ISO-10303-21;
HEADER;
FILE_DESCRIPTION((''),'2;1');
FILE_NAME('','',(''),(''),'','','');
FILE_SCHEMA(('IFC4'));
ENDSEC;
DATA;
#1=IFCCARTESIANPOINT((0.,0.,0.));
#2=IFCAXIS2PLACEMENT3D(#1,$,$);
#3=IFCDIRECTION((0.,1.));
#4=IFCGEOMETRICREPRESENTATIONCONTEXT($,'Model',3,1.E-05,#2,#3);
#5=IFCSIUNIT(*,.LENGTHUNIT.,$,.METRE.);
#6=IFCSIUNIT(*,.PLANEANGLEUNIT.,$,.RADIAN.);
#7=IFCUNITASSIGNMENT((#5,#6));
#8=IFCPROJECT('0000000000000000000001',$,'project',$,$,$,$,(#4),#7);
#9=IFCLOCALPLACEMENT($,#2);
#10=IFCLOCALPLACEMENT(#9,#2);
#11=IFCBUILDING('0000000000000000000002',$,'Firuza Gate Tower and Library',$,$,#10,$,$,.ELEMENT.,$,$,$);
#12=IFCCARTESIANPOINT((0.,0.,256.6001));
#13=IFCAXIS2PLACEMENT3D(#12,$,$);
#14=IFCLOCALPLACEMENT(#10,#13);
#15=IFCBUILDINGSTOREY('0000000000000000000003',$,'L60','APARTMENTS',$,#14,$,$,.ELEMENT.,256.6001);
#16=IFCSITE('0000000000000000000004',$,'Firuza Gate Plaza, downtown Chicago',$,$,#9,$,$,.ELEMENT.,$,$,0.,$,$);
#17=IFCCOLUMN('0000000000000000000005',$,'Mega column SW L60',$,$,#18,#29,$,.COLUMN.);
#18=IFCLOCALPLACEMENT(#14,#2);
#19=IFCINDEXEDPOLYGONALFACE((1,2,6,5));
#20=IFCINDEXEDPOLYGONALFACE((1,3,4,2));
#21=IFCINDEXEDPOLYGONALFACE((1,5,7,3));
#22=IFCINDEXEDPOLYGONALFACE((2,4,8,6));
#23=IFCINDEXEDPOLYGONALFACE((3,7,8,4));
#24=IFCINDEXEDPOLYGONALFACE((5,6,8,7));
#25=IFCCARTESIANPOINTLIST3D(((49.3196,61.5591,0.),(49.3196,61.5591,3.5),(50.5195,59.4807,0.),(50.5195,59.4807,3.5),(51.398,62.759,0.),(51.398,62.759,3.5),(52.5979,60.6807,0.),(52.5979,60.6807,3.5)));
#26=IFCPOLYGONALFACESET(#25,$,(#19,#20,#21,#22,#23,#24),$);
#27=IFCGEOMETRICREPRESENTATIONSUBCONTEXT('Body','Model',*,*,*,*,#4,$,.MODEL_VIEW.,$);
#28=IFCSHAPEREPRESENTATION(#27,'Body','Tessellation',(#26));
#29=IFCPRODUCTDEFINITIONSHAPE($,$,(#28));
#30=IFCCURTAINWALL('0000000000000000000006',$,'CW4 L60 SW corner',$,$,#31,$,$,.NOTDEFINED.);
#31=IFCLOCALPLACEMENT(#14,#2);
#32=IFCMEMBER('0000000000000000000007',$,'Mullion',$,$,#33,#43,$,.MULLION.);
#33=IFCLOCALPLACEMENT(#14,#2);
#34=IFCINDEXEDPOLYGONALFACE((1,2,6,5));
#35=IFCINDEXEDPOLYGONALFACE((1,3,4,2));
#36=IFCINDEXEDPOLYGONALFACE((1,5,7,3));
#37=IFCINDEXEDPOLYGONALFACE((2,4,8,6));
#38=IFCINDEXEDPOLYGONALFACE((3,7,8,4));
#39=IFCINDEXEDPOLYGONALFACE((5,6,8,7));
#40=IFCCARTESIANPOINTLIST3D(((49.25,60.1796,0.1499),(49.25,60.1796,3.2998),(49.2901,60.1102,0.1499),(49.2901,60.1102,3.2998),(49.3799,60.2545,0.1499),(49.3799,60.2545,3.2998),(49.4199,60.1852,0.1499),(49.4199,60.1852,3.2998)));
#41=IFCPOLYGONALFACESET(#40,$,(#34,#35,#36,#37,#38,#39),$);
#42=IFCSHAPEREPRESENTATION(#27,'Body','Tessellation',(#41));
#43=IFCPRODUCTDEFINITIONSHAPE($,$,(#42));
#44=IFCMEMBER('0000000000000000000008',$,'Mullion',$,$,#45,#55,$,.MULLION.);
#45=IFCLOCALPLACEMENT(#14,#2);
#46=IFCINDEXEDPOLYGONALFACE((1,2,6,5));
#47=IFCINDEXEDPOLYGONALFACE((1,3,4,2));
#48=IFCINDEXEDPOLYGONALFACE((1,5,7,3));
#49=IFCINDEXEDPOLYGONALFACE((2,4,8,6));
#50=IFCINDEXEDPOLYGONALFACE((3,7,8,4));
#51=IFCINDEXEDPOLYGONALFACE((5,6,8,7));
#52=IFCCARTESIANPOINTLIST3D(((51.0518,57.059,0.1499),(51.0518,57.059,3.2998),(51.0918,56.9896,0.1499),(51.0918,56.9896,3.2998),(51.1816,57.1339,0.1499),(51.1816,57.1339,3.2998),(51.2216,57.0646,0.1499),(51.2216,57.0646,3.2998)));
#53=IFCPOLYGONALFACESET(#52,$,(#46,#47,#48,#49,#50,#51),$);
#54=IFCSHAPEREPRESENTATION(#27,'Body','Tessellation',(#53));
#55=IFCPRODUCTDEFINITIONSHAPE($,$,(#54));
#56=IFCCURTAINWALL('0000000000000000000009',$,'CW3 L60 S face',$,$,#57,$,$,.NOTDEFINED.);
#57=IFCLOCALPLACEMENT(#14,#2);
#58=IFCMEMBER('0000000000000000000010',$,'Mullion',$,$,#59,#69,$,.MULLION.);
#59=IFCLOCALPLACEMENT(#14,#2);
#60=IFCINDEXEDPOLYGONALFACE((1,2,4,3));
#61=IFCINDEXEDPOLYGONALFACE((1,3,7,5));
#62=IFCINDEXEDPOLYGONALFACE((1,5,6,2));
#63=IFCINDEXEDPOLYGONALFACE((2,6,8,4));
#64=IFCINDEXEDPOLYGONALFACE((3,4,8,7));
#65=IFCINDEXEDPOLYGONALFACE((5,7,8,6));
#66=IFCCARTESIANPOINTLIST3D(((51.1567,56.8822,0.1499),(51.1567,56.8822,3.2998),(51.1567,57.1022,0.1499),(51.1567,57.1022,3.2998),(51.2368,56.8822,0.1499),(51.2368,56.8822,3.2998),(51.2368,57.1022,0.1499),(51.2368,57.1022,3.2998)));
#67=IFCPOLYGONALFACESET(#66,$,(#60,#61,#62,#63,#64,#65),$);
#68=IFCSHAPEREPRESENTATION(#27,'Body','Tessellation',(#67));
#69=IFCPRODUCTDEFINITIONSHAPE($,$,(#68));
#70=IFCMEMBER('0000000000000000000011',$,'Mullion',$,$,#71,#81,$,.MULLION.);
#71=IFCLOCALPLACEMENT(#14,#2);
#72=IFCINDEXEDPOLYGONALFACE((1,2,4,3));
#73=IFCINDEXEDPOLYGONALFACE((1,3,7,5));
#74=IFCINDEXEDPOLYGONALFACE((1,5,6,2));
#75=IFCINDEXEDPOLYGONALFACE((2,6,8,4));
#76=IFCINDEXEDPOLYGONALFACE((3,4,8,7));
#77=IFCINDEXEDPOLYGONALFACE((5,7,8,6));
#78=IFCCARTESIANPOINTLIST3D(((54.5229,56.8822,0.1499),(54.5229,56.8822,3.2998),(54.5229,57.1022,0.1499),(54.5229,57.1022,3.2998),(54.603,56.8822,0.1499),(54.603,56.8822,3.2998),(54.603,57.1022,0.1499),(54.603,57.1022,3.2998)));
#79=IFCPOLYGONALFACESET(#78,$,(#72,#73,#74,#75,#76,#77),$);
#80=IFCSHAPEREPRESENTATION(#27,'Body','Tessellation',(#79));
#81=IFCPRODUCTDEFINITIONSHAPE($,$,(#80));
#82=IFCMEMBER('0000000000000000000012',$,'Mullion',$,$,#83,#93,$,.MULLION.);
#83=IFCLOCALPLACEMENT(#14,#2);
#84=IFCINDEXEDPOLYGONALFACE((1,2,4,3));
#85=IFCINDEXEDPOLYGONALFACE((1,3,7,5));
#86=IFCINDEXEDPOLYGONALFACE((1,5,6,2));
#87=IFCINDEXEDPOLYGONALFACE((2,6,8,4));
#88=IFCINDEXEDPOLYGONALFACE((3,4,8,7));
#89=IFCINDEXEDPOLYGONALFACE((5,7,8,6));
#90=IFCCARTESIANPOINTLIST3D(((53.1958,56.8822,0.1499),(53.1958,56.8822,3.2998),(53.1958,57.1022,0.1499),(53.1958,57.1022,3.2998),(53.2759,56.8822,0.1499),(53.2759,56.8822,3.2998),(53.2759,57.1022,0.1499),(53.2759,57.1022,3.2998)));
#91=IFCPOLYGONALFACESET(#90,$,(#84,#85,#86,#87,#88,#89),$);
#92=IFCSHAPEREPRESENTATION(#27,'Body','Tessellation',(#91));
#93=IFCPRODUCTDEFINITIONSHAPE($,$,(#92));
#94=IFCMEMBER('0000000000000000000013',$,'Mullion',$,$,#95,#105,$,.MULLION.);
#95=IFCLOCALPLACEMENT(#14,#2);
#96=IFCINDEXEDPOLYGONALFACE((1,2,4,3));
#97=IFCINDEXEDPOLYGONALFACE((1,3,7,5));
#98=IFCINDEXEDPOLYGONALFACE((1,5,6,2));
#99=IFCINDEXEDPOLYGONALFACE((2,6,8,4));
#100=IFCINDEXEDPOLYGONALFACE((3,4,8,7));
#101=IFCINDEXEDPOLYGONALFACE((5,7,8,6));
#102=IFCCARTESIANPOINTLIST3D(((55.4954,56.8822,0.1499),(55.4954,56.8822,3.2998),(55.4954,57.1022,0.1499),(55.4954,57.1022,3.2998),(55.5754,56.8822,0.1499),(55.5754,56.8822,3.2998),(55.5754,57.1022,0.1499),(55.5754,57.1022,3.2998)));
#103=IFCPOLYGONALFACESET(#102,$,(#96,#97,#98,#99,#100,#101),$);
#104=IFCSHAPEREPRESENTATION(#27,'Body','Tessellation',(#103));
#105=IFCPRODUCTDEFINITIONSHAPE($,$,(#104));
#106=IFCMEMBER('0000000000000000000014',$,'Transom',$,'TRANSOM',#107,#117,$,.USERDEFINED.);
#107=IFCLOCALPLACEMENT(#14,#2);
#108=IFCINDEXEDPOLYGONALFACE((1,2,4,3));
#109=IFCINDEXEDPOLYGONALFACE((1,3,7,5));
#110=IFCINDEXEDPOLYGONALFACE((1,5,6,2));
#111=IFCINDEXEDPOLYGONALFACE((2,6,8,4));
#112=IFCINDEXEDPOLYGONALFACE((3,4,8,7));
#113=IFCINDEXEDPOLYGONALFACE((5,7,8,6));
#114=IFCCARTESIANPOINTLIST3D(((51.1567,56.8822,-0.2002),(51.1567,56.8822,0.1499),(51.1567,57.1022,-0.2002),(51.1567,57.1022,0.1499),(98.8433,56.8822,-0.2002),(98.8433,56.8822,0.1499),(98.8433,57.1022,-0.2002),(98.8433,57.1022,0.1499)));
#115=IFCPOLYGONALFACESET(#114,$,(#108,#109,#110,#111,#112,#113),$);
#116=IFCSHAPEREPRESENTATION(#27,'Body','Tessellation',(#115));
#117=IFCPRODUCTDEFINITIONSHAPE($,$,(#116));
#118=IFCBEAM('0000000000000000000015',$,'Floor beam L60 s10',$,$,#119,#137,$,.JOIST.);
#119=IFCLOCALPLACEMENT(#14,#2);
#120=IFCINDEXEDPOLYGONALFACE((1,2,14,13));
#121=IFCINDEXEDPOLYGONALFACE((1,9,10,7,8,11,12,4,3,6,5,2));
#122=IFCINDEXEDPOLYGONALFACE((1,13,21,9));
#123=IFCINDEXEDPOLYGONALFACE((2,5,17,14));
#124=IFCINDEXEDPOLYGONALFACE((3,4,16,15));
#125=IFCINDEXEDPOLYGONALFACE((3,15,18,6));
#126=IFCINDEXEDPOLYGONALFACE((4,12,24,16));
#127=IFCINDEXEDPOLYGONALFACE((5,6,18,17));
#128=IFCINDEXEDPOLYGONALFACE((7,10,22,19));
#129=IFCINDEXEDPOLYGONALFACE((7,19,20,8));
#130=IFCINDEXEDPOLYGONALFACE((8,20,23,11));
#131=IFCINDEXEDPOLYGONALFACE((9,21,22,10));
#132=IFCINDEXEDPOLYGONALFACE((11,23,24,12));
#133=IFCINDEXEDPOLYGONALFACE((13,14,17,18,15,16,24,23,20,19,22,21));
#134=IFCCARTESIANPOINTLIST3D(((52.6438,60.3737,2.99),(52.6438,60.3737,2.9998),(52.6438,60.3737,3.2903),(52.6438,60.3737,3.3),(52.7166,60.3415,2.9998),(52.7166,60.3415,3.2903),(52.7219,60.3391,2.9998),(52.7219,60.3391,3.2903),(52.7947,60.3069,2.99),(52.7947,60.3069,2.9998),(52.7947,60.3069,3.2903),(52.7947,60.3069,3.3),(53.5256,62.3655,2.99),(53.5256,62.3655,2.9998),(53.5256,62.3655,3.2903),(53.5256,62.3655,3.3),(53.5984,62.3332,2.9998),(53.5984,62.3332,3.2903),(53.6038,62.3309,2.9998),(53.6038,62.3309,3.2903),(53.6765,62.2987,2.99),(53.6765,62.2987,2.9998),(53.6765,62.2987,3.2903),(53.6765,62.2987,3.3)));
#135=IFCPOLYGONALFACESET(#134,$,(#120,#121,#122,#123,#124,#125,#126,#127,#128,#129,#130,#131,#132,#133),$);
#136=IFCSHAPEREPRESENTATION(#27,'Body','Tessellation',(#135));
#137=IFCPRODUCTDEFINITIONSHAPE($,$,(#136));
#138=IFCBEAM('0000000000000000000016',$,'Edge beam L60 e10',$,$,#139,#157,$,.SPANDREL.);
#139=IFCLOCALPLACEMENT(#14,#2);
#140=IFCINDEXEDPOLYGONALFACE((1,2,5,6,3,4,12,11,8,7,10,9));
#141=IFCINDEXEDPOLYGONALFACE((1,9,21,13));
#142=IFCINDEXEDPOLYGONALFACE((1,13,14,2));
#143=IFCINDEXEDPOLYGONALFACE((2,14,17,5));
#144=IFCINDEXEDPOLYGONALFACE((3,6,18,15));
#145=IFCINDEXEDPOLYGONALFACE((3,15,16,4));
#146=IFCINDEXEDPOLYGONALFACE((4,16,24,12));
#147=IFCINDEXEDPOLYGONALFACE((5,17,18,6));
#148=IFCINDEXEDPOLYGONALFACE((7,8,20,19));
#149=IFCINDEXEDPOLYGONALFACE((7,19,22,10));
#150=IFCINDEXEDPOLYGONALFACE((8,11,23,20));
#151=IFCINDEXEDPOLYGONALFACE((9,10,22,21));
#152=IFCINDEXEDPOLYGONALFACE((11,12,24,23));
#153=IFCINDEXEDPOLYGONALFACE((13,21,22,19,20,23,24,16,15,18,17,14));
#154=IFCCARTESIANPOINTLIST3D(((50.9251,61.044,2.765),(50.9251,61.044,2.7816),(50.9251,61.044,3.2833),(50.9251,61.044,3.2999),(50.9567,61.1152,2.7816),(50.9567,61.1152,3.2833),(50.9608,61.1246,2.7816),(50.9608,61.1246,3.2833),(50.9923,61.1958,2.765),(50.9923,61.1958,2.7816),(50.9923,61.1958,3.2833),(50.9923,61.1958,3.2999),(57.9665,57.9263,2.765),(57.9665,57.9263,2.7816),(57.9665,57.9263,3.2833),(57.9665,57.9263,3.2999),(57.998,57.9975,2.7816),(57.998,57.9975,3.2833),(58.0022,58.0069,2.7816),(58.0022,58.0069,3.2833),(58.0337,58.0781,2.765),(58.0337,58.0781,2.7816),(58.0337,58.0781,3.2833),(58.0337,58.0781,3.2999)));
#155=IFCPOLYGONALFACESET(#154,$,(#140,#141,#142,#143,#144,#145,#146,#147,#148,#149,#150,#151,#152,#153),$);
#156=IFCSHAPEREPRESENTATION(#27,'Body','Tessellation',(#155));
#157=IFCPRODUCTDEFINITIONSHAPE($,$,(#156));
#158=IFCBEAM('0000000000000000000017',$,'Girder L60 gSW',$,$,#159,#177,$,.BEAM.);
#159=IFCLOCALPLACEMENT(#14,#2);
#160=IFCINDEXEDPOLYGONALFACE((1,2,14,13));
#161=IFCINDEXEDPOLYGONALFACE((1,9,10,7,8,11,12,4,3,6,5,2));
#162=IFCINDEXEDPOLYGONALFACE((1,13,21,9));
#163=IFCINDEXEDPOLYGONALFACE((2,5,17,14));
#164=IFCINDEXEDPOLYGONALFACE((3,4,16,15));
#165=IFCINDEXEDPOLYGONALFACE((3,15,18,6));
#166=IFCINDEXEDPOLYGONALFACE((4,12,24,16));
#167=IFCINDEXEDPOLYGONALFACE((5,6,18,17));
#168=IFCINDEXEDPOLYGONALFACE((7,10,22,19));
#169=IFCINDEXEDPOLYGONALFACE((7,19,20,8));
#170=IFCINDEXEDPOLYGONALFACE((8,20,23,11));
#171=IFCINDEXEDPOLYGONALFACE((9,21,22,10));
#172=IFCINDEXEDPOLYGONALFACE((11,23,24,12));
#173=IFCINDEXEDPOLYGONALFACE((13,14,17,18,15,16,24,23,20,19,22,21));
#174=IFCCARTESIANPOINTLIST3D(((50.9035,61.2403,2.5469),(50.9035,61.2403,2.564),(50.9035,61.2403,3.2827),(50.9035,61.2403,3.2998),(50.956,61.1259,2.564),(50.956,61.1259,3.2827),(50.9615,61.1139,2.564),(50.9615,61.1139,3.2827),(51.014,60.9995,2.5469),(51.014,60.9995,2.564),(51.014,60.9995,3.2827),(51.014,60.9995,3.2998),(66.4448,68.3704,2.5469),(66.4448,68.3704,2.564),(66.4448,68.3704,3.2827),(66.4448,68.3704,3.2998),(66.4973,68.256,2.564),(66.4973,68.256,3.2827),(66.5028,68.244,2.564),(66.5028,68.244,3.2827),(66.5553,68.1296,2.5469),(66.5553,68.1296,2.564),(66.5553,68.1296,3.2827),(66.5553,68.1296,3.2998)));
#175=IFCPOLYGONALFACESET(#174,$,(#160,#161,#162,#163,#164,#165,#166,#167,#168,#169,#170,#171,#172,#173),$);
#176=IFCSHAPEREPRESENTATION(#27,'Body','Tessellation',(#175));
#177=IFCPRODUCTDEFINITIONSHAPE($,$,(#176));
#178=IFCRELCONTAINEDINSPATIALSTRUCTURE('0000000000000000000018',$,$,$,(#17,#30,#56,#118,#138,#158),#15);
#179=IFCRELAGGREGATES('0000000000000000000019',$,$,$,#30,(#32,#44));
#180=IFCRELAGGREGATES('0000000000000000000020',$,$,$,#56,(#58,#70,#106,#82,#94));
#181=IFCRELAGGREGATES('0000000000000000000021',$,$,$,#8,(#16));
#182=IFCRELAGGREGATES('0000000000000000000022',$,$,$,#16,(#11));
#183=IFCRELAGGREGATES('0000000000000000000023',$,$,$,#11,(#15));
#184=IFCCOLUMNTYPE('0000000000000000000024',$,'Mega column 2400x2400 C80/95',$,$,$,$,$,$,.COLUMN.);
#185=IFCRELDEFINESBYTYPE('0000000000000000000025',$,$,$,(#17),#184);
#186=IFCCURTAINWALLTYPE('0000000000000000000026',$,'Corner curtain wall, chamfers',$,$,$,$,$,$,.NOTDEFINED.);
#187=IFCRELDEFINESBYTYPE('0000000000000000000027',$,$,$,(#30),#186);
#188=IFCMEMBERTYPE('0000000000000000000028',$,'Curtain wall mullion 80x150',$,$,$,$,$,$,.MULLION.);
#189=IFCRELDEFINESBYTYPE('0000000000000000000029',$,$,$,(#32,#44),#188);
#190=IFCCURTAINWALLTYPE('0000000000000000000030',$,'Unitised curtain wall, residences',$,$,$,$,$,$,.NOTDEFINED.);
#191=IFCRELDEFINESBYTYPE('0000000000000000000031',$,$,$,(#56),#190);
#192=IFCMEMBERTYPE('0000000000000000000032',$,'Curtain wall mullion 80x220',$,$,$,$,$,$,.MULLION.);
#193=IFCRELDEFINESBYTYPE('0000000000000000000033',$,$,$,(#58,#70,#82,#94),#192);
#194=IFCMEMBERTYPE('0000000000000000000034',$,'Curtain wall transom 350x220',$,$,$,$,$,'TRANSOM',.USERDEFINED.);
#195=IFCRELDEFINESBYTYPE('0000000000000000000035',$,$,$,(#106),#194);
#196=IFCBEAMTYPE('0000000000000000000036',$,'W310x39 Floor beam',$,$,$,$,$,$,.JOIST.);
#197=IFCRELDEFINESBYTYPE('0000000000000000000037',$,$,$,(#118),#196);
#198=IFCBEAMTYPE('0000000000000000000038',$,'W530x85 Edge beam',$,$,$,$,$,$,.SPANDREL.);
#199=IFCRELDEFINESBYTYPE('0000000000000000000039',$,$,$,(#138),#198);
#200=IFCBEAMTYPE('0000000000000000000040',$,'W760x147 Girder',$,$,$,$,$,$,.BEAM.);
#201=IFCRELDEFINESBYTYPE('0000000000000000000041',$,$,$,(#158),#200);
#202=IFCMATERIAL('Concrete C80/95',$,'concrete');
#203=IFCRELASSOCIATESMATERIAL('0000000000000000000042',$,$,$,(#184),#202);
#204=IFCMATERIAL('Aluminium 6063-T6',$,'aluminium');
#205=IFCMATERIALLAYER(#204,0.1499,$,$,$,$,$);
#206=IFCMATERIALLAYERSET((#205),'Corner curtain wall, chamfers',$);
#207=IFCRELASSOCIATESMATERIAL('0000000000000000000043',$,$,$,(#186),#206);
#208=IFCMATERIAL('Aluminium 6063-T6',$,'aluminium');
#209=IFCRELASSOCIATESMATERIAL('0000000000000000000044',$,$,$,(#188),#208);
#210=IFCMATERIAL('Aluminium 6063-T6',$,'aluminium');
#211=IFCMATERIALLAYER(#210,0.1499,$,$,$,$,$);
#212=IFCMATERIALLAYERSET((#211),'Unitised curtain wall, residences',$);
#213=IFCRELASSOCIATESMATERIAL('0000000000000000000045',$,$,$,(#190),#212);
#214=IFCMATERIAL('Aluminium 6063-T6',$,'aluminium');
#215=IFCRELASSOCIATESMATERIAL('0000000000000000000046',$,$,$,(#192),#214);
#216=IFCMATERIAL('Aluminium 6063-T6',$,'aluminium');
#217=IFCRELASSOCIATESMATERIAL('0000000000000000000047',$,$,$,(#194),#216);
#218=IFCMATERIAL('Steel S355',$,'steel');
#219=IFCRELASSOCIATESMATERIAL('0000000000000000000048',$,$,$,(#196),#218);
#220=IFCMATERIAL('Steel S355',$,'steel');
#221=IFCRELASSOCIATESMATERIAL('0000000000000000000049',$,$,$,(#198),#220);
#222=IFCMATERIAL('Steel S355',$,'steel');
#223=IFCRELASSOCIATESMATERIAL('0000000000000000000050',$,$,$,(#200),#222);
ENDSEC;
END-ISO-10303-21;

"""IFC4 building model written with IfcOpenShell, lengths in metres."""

from ifc_helpers import new_model, si_unit, direction, frame, origin, origin_2d, place, context, subcontext, project, spatial, rectangle, i_section, extrude, material, layer, layer_set, material_profile, profile_set, type_object, element, aggregate, save


model = new_model("IFC4")

# Units and contexts
model_context = context("Model", 3, precision=1e-05, world=origin(), true_north=direction((0.0, 1.0)))
body_context = subcontext(model_context, "Body", "Model", "MODEL_VIEW")
ifc_project = project(units=[si_unit("LENGTHUNIT", "METRE"), si_unit("PLANEANGLEUNIT", "RADIAN")], contexts=[model_context])

# Site, building, storey
site_placement = place(None, origin())
site = spatial("IfcSite", under=ifc_project, at=site_placement, Name="Firuza Gate Plaza, downtown Chicago", CompositionType="ELEMENT", RefElevation=0.0)
building_placement = place(site_placement, origin())
building = spatial("IfcBuilding", under=site, at=building_placement, Name="Firuza Gate Tower and Library", CompositionType="ELEMENT")
storey_placement = place(building_placement, frame((0.0, 0.0, 256.6001)))
storey = spatial("IfcBuildingStorey", under=building, at=storey_placement, Name="L60", Description="APARTMENTS", CompositionType="ELEMENT", Elevation=256.6001)

# Column
ifc_material_1 = material(Name="Concrete C80/95", Category="concrete")
ifc_material_profile_1 = material_profile(ifc_material_1, rectangle(XDim=2.3999, YDim=2.3999, at=origin_2d()))
ifc_profile_set_1 = profile_set([ifc_material_profile_1], Name="Concrete C80/95")
column_type = type_object("IfcColumnType", Name="Mega column 2400x2400 C80/95", PredefinedType="COLUMN", material=ifc_profile_set_1)
column_placement = place(storey_placement, frame((50.9587, 61.1199, 0.0), z_axis=(0.0, 0.0, 1.0), x_axis=(0.5, -0.866025, 0.0)))
element("IfcColumn", 1, at=column_placement, inside=storey, type_object=column_type, Name="Mega column SW L60", PredefinedType="COLUMN", context=body_context, shape_type="SweptSolid", body=[
    extrude(rectangle(XDim=2.3999, YDim=2.3999, at=origin_2d()), origin(), (0.0, 0.0, 1.0), 3.5),
])

# Curtain walls, members
ifc_material_2 = material(Name="Aluminium 6063-T6", Category="aluminium")
ifc_layer_1 = layer(ifc_material_2, 0.1499)
ifc_layer_set_1 = layer_set([ifc_layer_1], Name="Corner curtain wall, chamfers")
curtain_wall_type_1 = type_object("IfcCurtainWallType", Name="Corner curtain wall, chamfers", PredefinedType="NOTDEFINED", material=ifc_layer_set_1)
placement_1 = place(storey_placement, origin())
curtain_wall_1 = element("IfcCurtainWall", 2, at=placement_1, inside=storey, type_object=curtain_wall_type_1, Name="CW4 L60 SW corner", PredefinedType="NOTDEFINED")
ifc_material_3 = material(Name="Aluminium 6063-T6", Category="aluminium")
ifc_material_profile_2 = material_profile(ifc_material_3, rectangle(XDim=0.1499, YDim=0.0801, at=origin_2d()))
ifc_profile_set_2 = profile_set([ifc_material_profile_2], Name="Aluminium 6063-T6")
member_type_1 = type_object("IfcMemberType", Name="Curtain wall mullion 80x150", PredefinedType="MULLION", material=ifc_profile_set_2)
member_1_placement = place(storey_placement, frame((49.335, 60.1824, 0.1499), z_axis=(0.0, 0.0, 1.0), x_axis=(0.866025, 0.5, 0.0)))
member_1 = element("IfcMember", 3, at=member_1_placement, type_object=member_type_1, Name="Mullion", PredefinedType="MULLION", context=body_context, shape_type="SweptSolid", body=[
    extrude(rectangle(XDim=0.1499, YDim=0.0801, at=origin_2d()), origin(), (0.0, 0.0, 1.0), 3.1499),
])
member_2_placement = place(storey_placement, frame((51.1367, 57.0618, 0.1499), z_axis=(0.0, 0.0, 1.0), x_axis=(0.866025, 0.5, 0.0)))
member_2 = element("IfcMember", 4, at=member_2_placement, type_object=member_type_1, Name="Mullion", PredefinedType="MULLION", context=body_context, shape_type="SweptSolid", body=[
    extrude(rectangle(XDim=0.1499, YDim=0.0801, at=origin_2d()), origin(), (0.0, 0.0, 1.0), 3.1499),
])
ifc_material_4 = material(Name="Aluminium 6063-T6", Category="aluminium")
ifc_layer_2 = layer(ifc_material_4, 0.1499)
ifc_layer_set_2 = layer_set([ifc_layer_2], Name="Unitised curtain wall, residences")
curtain_wall_type_2 = type_object("IfcCurtainWallType", Name="Unitised curtain wall, residences", PredefinedType="NOTDEFINED", material=ifc_layer_set_2)
curtain_wall_2 = element("IfcCurtainWall", 5, at=placement_1, inside=storey, type_object=curtain_wall_type_2, Name="CW3 L60 S face", PredefinedType="NOTDEFINED")
ifc_material_5 = material(Name="Aluminium 6063-T6", Category="aluminium")
ifc_material_profile_3 = material_profile(ifc_material_5, rectangle(XDim=0.22, YDim=0.0801, at=origin_2d()))
ifc_profile_set_3 = profile_set([ifc_material_profile_3], Name="Aluminium 6063-T6")
member_type_2 = type_object("IfcMemberType", Name="Curtain wall mullion 80x220", PredefinedType="MULLION", material=ifc_profile_set_3)
member_3_placement = place(storey_placement, frame((51.1968, 56.9922, 0.1499), z_axis=(0.0, 0.0, 1.0), x_axis=(0.0, 1.0, 0.0)))
member_3 = element("IfcMember", 6, at=member_3_placement, type_object=member_type_2, Name="Mullion", PredefinedType="MULLION", context=body_context, shape_type="SweptSolid", body=[
    extrude(rectangle(XDim=0.22, YDim=0.0801, at=origin_2d()), origin(), (0.0, 0.0, 1.0), 3.1499),
])
member_4_placement = place(storey_placement, frame((54.563, 56.9922, 0.1499), z_axis=(0.0, 0.0, 1.0), x_axis=(0.0, 1.0, 0.0)))
member_4 = element("IfcMember", 7, at=member_4_placement, type_object=member_type_2, Name="Mullion", PredefinedType="MULLION", context=body_context, shape_type="SweptSolid", body=[
    extrude(rectangle(XDim=0.22, YDim=0.0801, at=origin_2d()), origin(), (0.0, 0.0, 1.0), 3.1499),
])
member_5_placement = place(storey_placement, frame((53.2358, 56.9922, 0.1499), z_axis=(0.0, 0.0, 1.0), x_axis=(0.0, 1.0, 0.0)))
member_5 = element("IfcMember", 8, at=member_5_placement, type_object=member_type_2, Name="Mullion", PredefinedType="MULLION", context=body_context, shape_type="SweptSolid", body=[
    extrude(rectangle(XDim=0.22, YDim=0.0801, at=origin_2d()), origin(), (0.0, 0.0, 1.0), 3.1499),
])
member_6_placement = place(storey_placement, frame((55.5354, 56.9922, 0.1499), z_axis=(0.0, 0.0, 1.0), x_axis=(0.0, 1.0, 0.0)))
member_6 = element("IfcMember", 9, at=member_6_placement, type_object=member_type_2, Name="Mullion", PredefinedType="MULLION", context=body_context, shape_type="SweptSolid", body=[
    extrude(rectangle(XDim=0.22, YDim=0.0801, at=origin_2d()), origin(), (0.0, 0.0, 1.0), 3.1499),
])
ifc_material_6 = material(Name="Aluminium 6063-T6", Category="aluminium")
ifc_material_profile_4 = material_profile(ifc_material_6, rectangle(XDim=0.22, YDim=0.3501, at=origin_2d()))
ifc_profile_set_4 = profile_set([ifc_material_profile_4], Name="Aluminium 6063-T6")
member_type_3 = type_object("IfcMemberType", Name="Curtain wall transom 350x220", ElementType="TRANSOM", PredefinedType="USERDEFINED", material=ifc_profile_set_4)
member_7_placement = place(storey_placement, frame((51.1567, 56.9922, -0.0251), z_axis=(1.0, 0.0, 0.0), x_axis=(0.0, 1.0, 0.0)))
member_7 = element("IfcMember", 10, at=member_7_placement, type_object=member_type_3, Name="Transom", ObjectType="TRANSOM", PredefinedType="USERDEFINED", context=body_context, shape_type="SweptSolid", body=[
    extrude(rectangle(XDim=0.22, YDim=0.3501, at=origin_2d()), origin(), (0.0, 0.0, 1.0), 47.6865),
])

# Beams
ifc_material_7 = material(Name="Steel S355", Category="steel")
ifc_material_profile_5 = material_profile(ifc_material_7, i_section(OverallWidth=0.165, OverallDepth=0.3101, WebThickness=0.0059, FlangeThickness=0.0098, at=origin_2d()))
ifc_profile_set_5 = profile_set([ifc_material_profile_5], Name="Steel S355")
beam_type_1 = type_object("IfcBeamType", Name="W310x39 Floor beam", PredefinedType="JOIST", material=ifc_profile_set_5)
beam_1_placement = place(storey_placement, frame((52.7192, 60.3403, 3.145), z_axis=(0.404849, 0.914384, 0.0), x_axis=(-0.914384, 0.404849, 0.0)))
element("IfcBeam", 11, at=beam_1_placement, inside=storey, type_object=beam_type_1, Name="Floor beam L60 s10", PredefinedType="JOIST", context=body_context, shape_type="SweptSolid", body=[
    extrude(i_section(OverallWidth=0.165, OverallDepth=0.3101, WebThickness=0.0059, FlangeThickness=0.0098, at=origin_2d()), origin(), (0.0, 0.0, 1.0), 2.1782),
])
ifc_material_8 = material(Name="Steel S355", Category="steel")
ifc_material_profile_6 = material_profile(ifc_material_8, i_section(OverallWidth=0.166, OverallDepth=0.5349, WebThickness=0.0103, FlangeThickness=0.0166, at=origin_2d()))
ifc_profile_set_6 = profile_set([ifc_material_profile_6], Name="Steel S355")
beam_type_2 = type_object("IfcBeamType", Name="W530x85 Edge beam", PredefinedType="SPANDREL", material=ifc_profile_set_6)
beam_2_placement = place(storey_placement, frame((50.9587, 61.1199, 3.0325), z_axis=(0.914378, -0.404861, 0.0), x_axis=(0.404861, 0.914378, 0.0)))
element("IfcBeam", 12, at=beam_2_placement, inside=storey, type_object=beam_type_2, Name="Edge beam L60 e10", PredefinedType="SPANDREL", context=body_context, shape_type="SweptSolid", body=[
    extrude(i_section(OverallWidth=0.166, OverallDepth=0.5349, WebThickness=0.0103, FlangeThickness=0.0166, at=origin_2d()), origin(), (0.0, 0.0, 1.0), 7.7007),
])
ifc_material_9 = material(Name="Steel S355", Category="steel")
ifc_material_profile_7 = material_profile(ifc_material_9, i_section(OverallWidth=0.2649, OverallDepth=0.7529, WebThickness=0.0132, FlangeThickness=0.0171, at=origin_2d()))
ifc_profile_set_7 = profile_set([ifc_material_profile_7], Name="Steel S355")
beam_type_3 = type_object("IfcBeamType", Name="W760x147 Girder", PredefinedType="BEAM", material=ifc_profile_set_7)
beam_3_placement = place(storey_placement, frame((50.9587, 61.1199, 2.9233), z_axis=(0.908909, 0.416995, 0.0), x_axis=(-0.416995, 0.908909, 0.0)))
element("IfcBeam", 13, at=beam_3_placement, inside=storey, type_object=beam_type_3, Name="Girder L60 gSW", PredefinedType="BEAM", context=body_context, shape_type="SweptSolid", body=[
    extrude(i_section(OverallWidth=0.2649, OverallDepth=0.7529, WebThickness=0.0132, FlangeThickness=0.0171, at=origin_2d()), origin(), (0.0, 0.0, 1.0), 17.0989),
])

aggregate(curtain_wall_1, [member_1, member_2])
aggregate(curtain_wall_2, [member_3, member_4, member_7, member_5, member_6])

save(model, "model.ifc")
